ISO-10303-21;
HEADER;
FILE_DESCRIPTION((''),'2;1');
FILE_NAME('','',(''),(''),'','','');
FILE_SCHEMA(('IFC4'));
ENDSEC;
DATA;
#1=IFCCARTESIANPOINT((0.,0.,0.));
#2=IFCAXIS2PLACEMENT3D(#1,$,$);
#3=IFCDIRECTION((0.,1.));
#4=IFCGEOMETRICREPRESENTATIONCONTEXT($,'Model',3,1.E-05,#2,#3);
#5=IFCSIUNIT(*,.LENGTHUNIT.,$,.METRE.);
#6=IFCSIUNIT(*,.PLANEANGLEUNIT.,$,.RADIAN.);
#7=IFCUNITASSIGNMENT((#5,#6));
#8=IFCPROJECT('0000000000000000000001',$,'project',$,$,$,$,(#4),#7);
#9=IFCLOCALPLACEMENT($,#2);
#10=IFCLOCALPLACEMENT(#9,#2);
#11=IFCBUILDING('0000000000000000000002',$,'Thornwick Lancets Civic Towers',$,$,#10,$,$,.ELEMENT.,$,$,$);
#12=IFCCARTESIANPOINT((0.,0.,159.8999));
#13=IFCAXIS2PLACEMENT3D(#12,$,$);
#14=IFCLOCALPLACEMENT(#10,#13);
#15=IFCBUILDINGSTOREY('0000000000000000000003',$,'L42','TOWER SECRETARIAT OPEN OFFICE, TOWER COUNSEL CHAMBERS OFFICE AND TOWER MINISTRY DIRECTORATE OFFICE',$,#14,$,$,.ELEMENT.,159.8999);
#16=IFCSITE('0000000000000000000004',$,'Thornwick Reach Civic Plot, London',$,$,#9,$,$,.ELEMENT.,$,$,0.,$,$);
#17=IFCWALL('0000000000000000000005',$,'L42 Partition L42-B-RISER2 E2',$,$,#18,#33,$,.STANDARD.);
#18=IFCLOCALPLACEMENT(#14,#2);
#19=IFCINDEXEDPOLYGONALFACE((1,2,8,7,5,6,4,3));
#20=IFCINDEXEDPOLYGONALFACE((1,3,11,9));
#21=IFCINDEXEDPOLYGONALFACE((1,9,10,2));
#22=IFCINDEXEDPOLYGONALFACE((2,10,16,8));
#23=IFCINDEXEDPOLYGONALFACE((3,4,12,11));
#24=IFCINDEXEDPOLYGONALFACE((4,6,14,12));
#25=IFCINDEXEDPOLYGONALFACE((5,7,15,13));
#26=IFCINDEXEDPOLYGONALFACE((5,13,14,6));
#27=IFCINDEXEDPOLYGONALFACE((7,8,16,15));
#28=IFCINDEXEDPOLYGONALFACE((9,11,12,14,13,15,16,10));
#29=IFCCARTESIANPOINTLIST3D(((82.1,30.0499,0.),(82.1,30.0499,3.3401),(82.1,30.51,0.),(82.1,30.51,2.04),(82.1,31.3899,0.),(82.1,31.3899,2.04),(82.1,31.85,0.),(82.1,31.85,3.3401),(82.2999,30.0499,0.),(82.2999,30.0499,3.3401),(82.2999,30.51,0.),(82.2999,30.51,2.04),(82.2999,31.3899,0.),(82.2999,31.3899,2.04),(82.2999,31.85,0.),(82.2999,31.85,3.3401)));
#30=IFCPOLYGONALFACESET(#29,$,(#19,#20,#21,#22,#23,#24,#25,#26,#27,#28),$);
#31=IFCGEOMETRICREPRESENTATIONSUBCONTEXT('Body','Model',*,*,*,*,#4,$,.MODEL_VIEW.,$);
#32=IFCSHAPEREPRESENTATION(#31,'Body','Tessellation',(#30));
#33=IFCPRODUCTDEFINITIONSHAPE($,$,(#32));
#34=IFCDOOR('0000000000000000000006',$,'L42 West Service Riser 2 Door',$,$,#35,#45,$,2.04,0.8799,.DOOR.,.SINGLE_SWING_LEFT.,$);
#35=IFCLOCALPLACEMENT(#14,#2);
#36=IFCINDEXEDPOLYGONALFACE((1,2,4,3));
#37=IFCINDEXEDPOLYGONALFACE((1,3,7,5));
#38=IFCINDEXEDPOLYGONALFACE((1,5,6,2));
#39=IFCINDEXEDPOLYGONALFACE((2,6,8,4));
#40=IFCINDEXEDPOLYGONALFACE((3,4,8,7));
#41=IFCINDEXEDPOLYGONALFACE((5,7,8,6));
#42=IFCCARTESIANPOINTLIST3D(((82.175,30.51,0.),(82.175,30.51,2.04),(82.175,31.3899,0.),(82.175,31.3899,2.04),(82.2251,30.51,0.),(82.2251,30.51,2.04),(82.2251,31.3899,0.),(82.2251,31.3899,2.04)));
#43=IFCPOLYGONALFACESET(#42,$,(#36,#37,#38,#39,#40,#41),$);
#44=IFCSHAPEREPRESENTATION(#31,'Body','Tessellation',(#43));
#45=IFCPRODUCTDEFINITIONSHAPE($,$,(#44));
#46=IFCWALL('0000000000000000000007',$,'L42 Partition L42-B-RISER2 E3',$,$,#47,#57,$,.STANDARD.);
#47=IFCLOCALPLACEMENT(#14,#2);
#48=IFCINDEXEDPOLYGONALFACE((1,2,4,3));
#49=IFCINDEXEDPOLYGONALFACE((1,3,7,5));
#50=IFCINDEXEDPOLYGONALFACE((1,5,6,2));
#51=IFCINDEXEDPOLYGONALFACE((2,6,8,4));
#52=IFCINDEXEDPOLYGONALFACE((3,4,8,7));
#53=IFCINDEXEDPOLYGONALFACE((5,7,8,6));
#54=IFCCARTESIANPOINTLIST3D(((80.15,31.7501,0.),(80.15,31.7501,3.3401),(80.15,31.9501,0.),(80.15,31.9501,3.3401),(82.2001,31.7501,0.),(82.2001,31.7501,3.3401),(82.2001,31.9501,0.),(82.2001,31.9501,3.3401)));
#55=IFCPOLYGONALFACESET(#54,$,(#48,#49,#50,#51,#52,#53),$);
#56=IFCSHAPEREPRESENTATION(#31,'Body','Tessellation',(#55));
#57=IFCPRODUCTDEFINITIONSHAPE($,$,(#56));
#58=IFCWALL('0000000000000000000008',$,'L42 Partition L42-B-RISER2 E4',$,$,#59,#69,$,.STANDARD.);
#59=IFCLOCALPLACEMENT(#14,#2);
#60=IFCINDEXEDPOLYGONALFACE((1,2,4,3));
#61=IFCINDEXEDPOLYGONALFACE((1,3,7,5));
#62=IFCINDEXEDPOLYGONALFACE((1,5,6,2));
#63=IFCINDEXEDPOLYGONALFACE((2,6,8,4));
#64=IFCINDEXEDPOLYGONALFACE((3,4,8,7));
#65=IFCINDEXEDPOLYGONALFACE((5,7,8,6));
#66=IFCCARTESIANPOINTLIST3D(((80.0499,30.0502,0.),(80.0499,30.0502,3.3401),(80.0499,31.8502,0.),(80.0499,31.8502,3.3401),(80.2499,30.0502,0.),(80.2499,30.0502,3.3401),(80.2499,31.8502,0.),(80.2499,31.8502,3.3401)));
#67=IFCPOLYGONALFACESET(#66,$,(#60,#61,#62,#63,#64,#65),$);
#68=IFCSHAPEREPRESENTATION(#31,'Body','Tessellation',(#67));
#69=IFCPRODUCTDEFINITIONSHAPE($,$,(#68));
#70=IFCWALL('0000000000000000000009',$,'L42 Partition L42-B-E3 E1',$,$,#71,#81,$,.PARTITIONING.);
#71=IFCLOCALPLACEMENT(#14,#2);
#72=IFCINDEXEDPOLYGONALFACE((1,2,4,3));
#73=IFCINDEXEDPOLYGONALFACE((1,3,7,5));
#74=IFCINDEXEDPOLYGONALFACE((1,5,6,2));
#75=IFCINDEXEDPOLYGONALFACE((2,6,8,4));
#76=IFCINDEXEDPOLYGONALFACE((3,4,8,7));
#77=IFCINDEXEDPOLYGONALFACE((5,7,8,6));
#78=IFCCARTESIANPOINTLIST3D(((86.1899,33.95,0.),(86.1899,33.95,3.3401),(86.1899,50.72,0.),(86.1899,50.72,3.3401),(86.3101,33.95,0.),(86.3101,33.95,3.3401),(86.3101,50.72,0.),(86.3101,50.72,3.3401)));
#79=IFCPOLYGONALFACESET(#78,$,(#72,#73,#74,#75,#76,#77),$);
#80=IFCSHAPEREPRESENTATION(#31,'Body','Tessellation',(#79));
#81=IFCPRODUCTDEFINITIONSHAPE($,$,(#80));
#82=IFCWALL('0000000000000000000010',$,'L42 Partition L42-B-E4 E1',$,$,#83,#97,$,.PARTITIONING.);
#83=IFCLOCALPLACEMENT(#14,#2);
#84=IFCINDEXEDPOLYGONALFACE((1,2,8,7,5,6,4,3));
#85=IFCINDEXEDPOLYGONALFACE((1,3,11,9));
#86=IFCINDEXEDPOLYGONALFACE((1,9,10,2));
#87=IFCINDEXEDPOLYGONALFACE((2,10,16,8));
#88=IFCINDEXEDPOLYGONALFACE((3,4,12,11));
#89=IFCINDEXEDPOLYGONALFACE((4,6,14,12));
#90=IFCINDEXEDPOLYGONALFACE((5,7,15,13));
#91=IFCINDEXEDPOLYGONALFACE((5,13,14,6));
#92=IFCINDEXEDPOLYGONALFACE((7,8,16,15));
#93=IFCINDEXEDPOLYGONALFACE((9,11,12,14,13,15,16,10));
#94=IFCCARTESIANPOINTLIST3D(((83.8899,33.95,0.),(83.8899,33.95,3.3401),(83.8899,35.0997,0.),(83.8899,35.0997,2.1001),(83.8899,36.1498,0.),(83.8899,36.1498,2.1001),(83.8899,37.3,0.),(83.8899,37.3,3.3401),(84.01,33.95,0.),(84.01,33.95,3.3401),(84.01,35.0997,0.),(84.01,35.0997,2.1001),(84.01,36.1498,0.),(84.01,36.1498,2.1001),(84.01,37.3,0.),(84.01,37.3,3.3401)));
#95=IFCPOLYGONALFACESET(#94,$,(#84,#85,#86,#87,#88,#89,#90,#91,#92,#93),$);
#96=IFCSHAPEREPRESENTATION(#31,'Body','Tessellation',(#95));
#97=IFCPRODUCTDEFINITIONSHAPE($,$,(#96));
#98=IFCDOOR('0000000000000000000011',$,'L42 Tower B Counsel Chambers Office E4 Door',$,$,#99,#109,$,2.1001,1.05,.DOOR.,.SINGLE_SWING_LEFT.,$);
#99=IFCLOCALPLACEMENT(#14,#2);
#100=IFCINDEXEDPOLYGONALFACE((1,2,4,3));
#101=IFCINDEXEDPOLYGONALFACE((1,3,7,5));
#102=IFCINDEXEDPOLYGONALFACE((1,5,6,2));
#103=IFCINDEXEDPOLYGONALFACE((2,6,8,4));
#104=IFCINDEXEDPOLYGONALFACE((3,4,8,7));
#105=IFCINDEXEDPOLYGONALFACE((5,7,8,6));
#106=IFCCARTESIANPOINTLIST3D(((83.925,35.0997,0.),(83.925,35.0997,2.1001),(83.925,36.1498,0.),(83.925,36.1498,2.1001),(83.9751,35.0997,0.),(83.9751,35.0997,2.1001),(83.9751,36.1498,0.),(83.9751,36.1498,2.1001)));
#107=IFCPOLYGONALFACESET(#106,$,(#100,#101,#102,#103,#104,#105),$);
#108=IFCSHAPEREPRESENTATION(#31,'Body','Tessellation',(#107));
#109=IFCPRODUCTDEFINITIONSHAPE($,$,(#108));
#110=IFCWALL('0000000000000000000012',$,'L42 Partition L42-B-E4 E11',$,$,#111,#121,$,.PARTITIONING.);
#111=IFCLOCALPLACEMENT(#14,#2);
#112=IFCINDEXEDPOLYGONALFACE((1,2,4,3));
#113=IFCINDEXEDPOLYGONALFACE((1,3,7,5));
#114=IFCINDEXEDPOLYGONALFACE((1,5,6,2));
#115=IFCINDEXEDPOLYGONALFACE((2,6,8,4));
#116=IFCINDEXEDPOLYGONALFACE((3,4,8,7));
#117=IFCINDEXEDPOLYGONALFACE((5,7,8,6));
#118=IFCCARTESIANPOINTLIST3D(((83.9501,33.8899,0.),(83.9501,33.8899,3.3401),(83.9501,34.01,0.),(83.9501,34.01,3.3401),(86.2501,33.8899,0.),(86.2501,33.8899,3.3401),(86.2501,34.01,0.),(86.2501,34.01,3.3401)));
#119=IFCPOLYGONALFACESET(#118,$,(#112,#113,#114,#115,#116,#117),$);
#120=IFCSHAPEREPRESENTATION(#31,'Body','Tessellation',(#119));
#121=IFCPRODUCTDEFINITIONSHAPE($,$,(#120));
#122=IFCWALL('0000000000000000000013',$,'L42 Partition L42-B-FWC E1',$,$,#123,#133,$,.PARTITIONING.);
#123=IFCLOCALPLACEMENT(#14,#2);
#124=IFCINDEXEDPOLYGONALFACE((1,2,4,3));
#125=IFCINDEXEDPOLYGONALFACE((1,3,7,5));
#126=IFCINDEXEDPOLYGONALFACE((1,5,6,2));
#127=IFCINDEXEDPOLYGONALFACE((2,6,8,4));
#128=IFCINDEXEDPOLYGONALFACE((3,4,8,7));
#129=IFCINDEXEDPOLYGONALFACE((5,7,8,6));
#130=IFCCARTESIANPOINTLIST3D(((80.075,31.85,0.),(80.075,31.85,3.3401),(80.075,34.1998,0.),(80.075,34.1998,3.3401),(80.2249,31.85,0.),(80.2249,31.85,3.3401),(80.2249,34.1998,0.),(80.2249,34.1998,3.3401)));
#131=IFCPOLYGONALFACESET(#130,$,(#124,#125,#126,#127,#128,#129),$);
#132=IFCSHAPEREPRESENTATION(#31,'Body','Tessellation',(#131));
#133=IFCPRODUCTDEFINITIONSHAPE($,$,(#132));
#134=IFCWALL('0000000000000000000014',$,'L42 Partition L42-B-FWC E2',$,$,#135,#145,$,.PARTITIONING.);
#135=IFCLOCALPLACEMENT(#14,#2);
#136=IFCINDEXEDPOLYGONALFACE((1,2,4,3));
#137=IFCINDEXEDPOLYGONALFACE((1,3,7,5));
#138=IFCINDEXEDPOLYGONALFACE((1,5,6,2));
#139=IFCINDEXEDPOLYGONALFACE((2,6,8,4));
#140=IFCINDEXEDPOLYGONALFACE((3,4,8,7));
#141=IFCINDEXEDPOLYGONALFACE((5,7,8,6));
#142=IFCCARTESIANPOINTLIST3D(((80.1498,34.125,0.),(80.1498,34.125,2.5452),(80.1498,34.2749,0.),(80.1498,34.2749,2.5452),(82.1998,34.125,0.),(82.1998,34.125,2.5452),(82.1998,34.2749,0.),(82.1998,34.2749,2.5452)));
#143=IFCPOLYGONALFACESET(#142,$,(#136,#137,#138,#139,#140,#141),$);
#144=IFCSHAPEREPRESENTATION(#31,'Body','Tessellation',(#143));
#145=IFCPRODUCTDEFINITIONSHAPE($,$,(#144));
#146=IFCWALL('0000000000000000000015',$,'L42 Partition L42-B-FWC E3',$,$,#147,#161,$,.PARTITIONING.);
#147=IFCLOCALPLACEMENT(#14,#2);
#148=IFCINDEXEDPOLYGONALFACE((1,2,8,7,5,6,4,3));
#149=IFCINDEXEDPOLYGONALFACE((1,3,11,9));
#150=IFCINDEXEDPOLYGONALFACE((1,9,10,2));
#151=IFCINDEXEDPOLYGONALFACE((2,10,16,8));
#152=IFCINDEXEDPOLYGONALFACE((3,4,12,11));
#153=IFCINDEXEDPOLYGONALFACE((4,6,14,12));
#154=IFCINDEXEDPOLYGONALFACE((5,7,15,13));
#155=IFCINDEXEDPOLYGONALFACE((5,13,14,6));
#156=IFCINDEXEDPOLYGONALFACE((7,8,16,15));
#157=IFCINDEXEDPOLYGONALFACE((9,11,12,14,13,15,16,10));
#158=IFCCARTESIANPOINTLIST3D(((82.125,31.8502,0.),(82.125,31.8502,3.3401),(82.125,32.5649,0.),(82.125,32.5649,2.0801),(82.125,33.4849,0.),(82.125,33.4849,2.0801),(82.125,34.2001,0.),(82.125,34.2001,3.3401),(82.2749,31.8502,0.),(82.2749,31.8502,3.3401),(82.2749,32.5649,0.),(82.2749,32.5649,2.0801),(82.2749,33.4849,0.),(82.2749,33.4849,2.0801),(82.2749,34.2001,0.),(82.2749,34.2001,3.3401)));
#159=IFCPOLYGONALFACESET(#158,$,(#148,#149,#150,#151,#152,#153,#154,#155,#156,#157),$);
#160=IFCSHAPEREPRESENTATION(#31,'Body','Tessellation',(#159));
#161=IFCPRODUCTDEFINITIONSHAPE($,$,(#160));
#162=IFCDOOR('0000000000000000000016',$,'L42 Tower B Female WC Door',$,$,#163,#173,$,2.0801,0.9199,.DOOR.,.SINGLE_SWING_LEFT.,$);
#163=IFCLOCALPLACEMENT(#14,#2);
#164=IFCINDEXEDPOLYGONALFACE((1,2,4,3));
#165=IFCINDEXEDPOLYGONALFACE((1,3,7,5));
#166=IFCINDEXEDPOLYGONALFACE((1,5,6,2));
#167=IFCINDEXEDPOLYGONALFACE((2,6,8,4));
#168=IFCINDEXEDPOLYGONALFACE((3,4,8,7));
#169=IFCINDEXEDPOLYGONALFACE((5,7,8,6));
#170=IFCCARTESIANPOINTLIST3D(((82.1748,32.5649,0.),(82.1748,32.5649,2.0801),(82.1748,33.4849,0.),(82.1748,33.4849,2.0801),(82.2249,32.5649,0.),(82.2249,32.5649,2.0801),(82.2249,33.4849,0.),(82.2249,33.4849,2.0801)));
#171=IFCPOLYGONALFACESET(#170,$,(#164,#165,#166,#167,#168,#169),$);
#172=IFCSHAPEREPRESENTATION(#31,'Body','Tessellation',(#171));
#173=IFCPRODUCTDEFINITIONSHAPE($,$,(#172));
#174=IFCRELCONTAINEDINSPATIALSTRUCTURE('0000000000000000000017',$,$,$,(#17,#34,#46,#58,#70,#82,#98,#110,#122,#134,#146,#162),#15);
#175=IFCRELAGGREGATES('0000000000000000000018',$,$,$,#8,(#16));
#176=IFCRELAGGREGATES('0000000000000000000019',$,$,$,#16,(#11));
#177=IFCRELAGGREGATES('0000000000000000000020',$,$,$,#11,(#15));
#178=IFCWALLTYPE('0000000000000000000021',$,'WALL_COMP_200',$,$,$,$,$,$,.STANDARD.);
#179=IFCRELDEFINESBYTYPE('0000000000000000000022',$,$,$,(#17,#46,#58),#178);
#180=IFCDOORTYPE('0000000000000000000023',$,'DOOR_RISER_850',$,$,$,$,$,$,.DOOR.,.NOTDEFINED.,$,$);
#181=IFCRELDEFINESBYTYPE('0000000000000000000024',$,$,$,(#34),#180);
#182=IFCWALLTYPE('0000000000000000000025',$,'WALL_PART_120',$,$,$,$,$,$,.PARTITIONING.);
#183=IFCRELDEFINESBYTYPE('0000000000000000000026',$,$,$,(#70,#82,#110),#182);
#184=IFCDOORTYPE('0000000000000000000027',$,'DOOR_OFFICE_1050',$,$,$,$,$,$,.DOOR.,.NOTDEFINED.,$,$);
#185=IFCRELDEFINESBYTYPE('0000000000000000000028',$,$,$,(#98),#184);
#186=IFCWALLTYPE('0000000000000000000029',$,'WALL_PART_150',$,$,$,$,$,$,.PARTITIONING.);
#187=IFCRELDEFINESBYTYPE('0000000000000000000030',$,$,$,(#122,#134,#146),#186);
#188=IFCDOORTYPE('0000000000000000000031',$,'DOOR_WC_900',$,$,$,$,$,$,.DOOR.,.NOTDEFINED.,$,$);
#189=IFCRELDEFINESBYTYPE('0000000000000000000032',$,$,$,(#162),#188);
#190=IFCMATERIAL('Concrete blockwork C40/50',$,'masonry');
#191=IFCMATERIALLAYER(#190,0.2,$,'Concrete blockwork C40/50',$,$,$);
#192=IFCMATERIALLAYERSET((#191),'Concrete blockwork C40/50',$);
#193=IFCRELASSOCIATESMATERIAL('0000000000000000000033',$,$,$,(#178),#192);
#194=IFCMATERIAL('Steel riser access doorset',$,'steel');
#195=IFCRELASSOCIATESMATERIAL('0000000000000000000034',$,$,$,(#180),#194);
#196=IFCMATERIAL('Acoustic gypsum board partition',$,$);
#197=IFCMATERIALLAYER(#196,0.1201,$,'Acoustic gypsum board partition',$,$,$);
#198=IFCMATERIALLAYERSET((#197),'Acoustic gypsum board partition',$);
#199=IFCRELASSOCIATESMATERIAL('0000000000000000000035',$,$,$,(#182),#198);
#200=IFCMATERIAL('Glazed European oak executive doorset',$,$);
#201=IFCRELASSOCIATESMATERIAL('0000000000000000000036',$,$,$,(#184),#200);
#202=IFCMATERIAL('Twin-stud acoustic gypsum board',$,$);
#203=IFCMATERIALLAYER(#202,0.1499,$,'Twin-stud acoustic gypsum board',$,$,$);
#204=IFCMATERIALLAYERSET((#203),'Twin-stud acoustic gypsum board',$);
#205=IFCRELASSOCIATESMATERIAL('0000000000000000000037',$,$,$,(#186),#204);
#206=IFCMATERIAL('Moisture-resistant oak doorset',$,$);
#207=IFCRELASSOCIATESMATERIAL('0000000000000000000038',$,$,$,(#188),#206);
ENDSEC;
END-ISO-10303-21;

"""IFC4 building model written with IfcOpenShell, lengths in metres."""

from ifc_helpers import new_model, si_unit, direction, frame, frame_2d, origin, place, context, subcontext, project, spatial, rectangle, extrude, material, layer, layer_set, type_object, element, fill, save


model = new_model("IFC4")

# Units and contexts
model_context = context("Model", 3, precision=1e-05, world=origin(), true_north=direction((0.0, 1.0)))
body_context = subcontext(model_context, "Body", "Model", "MODEL_VIEW")
ifc_project = project(units=[si_unit("LENGTHUNIT", "METRE"), si_unit("PLANEANGLEUNIT", "RADIAN")], contexts=[model_context])

# Site, building, storey
site_placement = place(None, origin())
site = spatial("IfcSite", under=ifc_project, at=site_placement, Name="Thornwick Reach Civic Plot, London", CompositionType="ELEMENT", RefElevation=0.0)
building_placement = place(site_placement, origin())
building = spatial("IfcBuilding", under=site, at=building_placement, Name="Thornwick Lancets Civic Towers", CompositionType="ELEMENT")
storey_placement = place(building_placement, frame((0.0, 0.0, 159.8999)))
storey = spatial("IfcBuildingStorey", under=building, at=storey_placement, Name="L42", Description="TOWER SECRETARIAT OPEN OFFICE, TOWER COUNSEL CHAMBERS OFFICE AND TOWER MINISTRY DIRECTORATE OFFICE", CompositionType="ELEMENT", Elevation=159.8999)

# Shared definitions
ifc_material_1 = material(Name="Concrete blockwork C40/50", Category="masonry")
ifc_layer_1 = layer(ifc_material_1, 0.2, Name="Concrete blockwork C40/50")
ifc_layer_set_1 = layer_set([ifc_layer_1], Name="Concrete blockwork C40/50")
wall_type_1 = type_object("IfcWallType", Name="WALL_COMP_200", PredefinedType="STANDARD", material=ifc_layer_set_1)

# Wall, opening, door
wall_1_placement = place(storey_placement, frame((82.2, 30.05, 0.0), z_axis=(0.0, 0.0, 1.0), x_axis=(0.0, 1.0, 0.0)))
wall_1 = element("IfcWall", 1, at=wall_1_placement, inside=storey, type_object=wall_type_1, Name="L42 Partition L42-B-RISER2 E2", PredefinedType="STANDARD", context=body_context, shape_type="SweptSolid", body=[
    extrude(rectangle(XDim=1.8, YDim=0.2, at=frame_2d((0.8999, 0.0))), origin(), (0.0, 0.0, 1.0), 3.3401),
])
opening_1_placement = place(wall_1_placement, frame((0.46, 0.0, 0.0)))
opening_1 = element("IfcOpeningElement", 2, at=opening_1_placement, cuts=wall_1, PredefinedType="OPENING", context=body_context, shape_type="SweptSolid", body=[
    extrude(rectangle(XDim=0.8799, YDim=2.04, at=frame_2d((0.4399, 1.02))), frame((0.0, 0.1099, 0.0), z_axis=(0.0, -1.0, 0.0), x_axis=(1.0, 0.0, 0.0)), (0.0, 0.0, 1.0), 0.22),
])
ifc_material_2 = material(Name="Steel riser access doorset", Category="steel")
door_type_1 = type_object("IfcDoorType", Name="DOOR_RISER_850", OperationType="NOTDEFINED", PredefinedType="DOOR", material=ifc_material_2)
door_1_placement = place(opening_1_placement, origin())
door_1 = element("IfcDoor", 3, at=door_1_placement, inside=storey, type_object=door_type_1, Name="L42 West Service Riser 2 Door", OperationType="SINGLE_SWING_LEFT", OverallHeight=2.04, OverallWidth=0.8799, PredefinedType="DOOR", context=body_context, shape_type="SweptSolid", body=[
    extrude(rectangle(XDim=0.8799, YDim=2.04, at=frame_2d((0.4399, 1.02))), frame((0.0, 0.0249, 0.0), z_axis=(0.0, -1.0, 0.0), x_axis=(1.0, 0.0, 0.0)), (0.0, 0.0, 1.0), 0.05),
])
fill(opening_1, door_1)

# Walls
wall_2_placement = place(storey_placement, frame((82.2, 31.8501, 0.0), z_axis=(0.0, 0.0, 1.0), x_axis=(-1.0, 0.0, 0.0)))
element("IfcWall", 4, at=wall_2_placement, inside=storey, type_object=wall_type_1, Name="L42 Partition L42-B-RISER2 E3", PredefinedType="STANDARD", context=body_context, shape_type="SweptSolid", body=[
    extrude(rectangle(XDim=2.05, YDim=0.2, at=frame_2d((1.0249, 0.0))), origin(), (0.0, 0.0, 1.0), 3.3401),
])
wall_3_placement = place(storey_placement, frame((80.1499, 31.8501, 0.0), z_axis=(0.0, 0.0, 1.0), x_axis=(0.0, -1.0, 0.0)))
element("IfcWall", 5, at=wall_3_placement, inside=storey, type_object=wall_type_1, Name="L42 Partition L42-B-RISER2 E4", PredefinedType="STANDARD", context=body_context, shape_type="SweptSolid", body=[
    extrude(rectangle(XDim=1.8, YDim=0.2, at=frame_2d((0.8999, 0.0))), origin(), (0.0, 0.0, 1.0), 3.3401),
])
ifc_material_3 = material(Name="Acoustic gypsum board partition")
ifc_layer_2 = layer(ifc_material_3, 0.1201, Name="Acoustic gypsum board partition")
ifc_layer_set_2 = layer_set([ifc_layer_2], Name="Acoustic gypsum board partition")
wall_type_2 = type_object("IfcWallType", Name="WALL_PART_120", PredefinedType="PARTITIONING", material=ifc_layer_set_2)
wall_4_placement = place(storey_placement, frame((86.25, 33.95, 0.0), z_axis=(0.0, 0.0, 1.0), x_axis=(0.0, 1.0, 0.0)))
element("IfcWall", 6, at=wall_4_placement, inside=storey, type_object=wall_type_2, Name="L42 Partition L42-B-E3 E1", PredefinedType="PARTITIONING", context=body_context, shape_type="SweptSolid", body=[
    extrude(rectangle(XDim=16.77, YDim=0.1201, at=frame_2d((8.385, 0.0))), origin(), (0.0, 0.0, 1.0), 3.3401),
])

# Wall, opening, door
wall_5_placement = place(storey_placement, frame((83.95, 33.95, 0.0), z_axis=(0.0, 0.0, 1.0), x_axis=(0.0, 1.0, 0.0)))
wall_5 = element("IfcWall", 7, at=wall_5_placement, inside=storey, type_object=wall_type_2, Name="L42 Partition L42-B-E4 E1", PredefinedType="PARTITIONING", context=body_context, shape_type="SweptSolid", body=[
    extrude(rectangle(XDim=3.3501, YDim=0.1201, at=frame_2d((1.675, 0.0))), origin(), (0.0, 0.0, 1.0), 3.3401),
])
opening_2_placement = place(wall_5_placement, frame((1.1499, 0.0, 0.0)))
opening_2 = element("IfcOpeningElement", 8, at=opening_2_placement, cuts=wall_5, PredefinedType="OPENING", context=body_context, shape_type="SweptSolid", body=[
    extrude(rectangle(XDim=1.05, YDim=2.1001, at=frame_2d((0.5249, 1.05))), frame((0.0, 0.0701, 0.0), z_axis=(0.0, -1.0, 0.0), x_axis=(1.0, 0.0, 0.0)), (0.0, 0.0, 1.0), 0.1401),
])
ifc_material_4 = material(Name="Glazed European oak executive doorset")
door_type_2 = type_object("IfcDoorType", Name="DOOR_OFFICE_1050", OperationType="NOTDEFINED", PredefinedType="DOOR", material=ifc_material_4)
door_2_placement = place(opening_2_placement, origin())
door_2 = element("IfcDoor", 9, at=door_2_placement, inside=storey, type_object=door_type_2, Name="L42 Tower B Counsel Chambers Office E4 Door", OperationType="SINGLE_SWING_LEFT", OverallHeight=2.1001, OverallWidth=1.05, PredefinedType="DOOR", context=body_context, shape_type="SweptSolid", body=[
    extrude(rectangle(XDim=1.05, YDim=2.1001, at=frame_2d((0.5249, 1.05))), frame((0.0, 0.0249, 0.0), z_axis=(0.0, -1.0, 0.0), x_axis=(1.0, 0.0, 0.0)), (0.0, 0.0, 1.0), 0.05),
])
fill(opening_2, door_2)

# Walls
wall_6_placement = place(storey_placement, frame((86.25, 33.95, 0.0), z_axis=(0.0, 0.0, 1.0), x_axis=(-1.0, 0.0, 0.0)))
element("IfcWall", 10, at=wall_6_placement, inside=storey, type_object=wall_type_2, Name="L42 Partition L42-B-E4 E11", PredefinedType="PARTITIONING", context=body_context, shape_type="SweptSolid", body=[
    extrude(rectangle(XDim=2.3, YDim=0.1201, at=frame_2d((1.1499, 0.0))), origin(), (0.0, 0.0, 1.0), 3.3401),
])
ifc_material_5 = material(Name="Twin-stud acoustic gypsum board")
ifc_layer_3 = layer(ifc_material_5, 0.1499, Name="Twin-stud acoustic gypsum board")
ifc_layer_set_3 = layer_set([ifc_layer_3], Name="Twin-stud acoustic gypsum board")
wall_type_3 = type_object("IfcWallType", Name="WALL_PART_150", PredefinedType="PARTITIONING", material=ifc_layer_set_3)
wall_7_placement = place(storey_placement, frame((80.1499, 31.8501, 0.0), z_axis=(0.0, 0.0, 1.0), x_axis=(0.0, 1.0, 0.0)))
element("IfcWall", 11, at=wall_7_placement, inside=storey, type_object=wall_type_3, Name="L42 Partition L42-B-FWC E1", PredefinedType="PARTITIONING", context=body_context, shape_type="SweptSolid", body=[
    extrude(rectangle(XDim=2.3499, YDim=0.1499, at=frame_2d((1.1748, 0.0))), origin(), (0.0, 0.0, 1.0), 3.3401),
])
wall_8_placement = place(storey_placement, frame((80.1499, 34.2, 0.0), z_axis=(0.0, 0.0, 1.0), x_axis=(1.0, 0.0, 0.0)))
element("IfcWall", 12, at=wall_8_placement, inside=storey, type_object=wall_type_3, Name="L42 Partition L42-B-FWC E2", PredefinedType="PARTITIONING", context=body_context, shape_type="SweptSolid", body=[
    extrude(rectangle(XDim=2.05, YDim=0.1499, at=frame_2d((1.0249, 0.0))), origin(), (0.0, 0.0, 1.0), 2.5452),
])

# Wall, opening, door
wall_9_placement = place(storey_placement, frame((82.2, 34.2, 0.0), z_axis=(0.0, 0.0, 1.0), x_axis=(0.0, -1.0, 0.0)))
wall_9 = element("IfcWall", 13, at=wall_9_placement, inside=storey, type_object=wall_type_3, Name="L42 Partition L42-B-FWC E3", PredefinedType="PARTITIONING", context=body_context, shape_type="SweptSolid", body=[
    extrude(rectangle(XDim=2.3499, YDim=0.1499, at=frame_2d((1.1748, 0.0))), origin(), (0.0, 0.0, 1.0), 3.3401),
])
opening_3_placement = place(wall_9_placement, frame((0.7151, 0.0, 0.0)))
opening_3 = element("IfcOpeningElement", 14, at=opening_3_placement, cuts=wall_9, PredefinedType="OPENING", context=body_context, shape_type="SweptSolid", body=[
    extrude(rectangle(XDim=0.9199, YDim=2.0801, at=frame_2d((0.46, 1.04))), frame((0.0, 0.085, 0.0), z_axis=(0.0, -1.0, 0.0), x_axis=(1.0, 0.0, 0.0)), (0.0, 0.0, 1.0), 0.1699),
])
ifc_material_6 = material(Name="Moisture-resistant oak doorset")
door_type_3 = type_object("IfcDoorType", Name="DOOR_WC_900", OperationType="NOTDEFINED", PredefinedType="DOOR", material=ifc_material_6)
door_3_placement = place(opening_3_placement, origin())
door_3 = element("IfcDoor", 15, at=door_3_placement, inside=storey, type_object=door_type_3, Name="L42 Tower B Female WC Door", OperationType="SINGLE_SWING_LEFT", OverallHeight=2.0801, OverallWidth=0.9199, PredefinedType="DOOR", context=body_context, shape_type="SweptSolid", body=[
    extrude(rectangle(XDim=0.9199, YDim=2.0801, at=frame_2d((0.46, 1.04))), frame((0.0, 0.0249, 0.0), z_axis=(0.0, -1.0, 0.0), x_axis=(1.0, 0.0, 0.0)), (0.0, 0.0, 1.0), 0.05),
])
fill(opening_3, door_3)

save(model, "model.ifc")
